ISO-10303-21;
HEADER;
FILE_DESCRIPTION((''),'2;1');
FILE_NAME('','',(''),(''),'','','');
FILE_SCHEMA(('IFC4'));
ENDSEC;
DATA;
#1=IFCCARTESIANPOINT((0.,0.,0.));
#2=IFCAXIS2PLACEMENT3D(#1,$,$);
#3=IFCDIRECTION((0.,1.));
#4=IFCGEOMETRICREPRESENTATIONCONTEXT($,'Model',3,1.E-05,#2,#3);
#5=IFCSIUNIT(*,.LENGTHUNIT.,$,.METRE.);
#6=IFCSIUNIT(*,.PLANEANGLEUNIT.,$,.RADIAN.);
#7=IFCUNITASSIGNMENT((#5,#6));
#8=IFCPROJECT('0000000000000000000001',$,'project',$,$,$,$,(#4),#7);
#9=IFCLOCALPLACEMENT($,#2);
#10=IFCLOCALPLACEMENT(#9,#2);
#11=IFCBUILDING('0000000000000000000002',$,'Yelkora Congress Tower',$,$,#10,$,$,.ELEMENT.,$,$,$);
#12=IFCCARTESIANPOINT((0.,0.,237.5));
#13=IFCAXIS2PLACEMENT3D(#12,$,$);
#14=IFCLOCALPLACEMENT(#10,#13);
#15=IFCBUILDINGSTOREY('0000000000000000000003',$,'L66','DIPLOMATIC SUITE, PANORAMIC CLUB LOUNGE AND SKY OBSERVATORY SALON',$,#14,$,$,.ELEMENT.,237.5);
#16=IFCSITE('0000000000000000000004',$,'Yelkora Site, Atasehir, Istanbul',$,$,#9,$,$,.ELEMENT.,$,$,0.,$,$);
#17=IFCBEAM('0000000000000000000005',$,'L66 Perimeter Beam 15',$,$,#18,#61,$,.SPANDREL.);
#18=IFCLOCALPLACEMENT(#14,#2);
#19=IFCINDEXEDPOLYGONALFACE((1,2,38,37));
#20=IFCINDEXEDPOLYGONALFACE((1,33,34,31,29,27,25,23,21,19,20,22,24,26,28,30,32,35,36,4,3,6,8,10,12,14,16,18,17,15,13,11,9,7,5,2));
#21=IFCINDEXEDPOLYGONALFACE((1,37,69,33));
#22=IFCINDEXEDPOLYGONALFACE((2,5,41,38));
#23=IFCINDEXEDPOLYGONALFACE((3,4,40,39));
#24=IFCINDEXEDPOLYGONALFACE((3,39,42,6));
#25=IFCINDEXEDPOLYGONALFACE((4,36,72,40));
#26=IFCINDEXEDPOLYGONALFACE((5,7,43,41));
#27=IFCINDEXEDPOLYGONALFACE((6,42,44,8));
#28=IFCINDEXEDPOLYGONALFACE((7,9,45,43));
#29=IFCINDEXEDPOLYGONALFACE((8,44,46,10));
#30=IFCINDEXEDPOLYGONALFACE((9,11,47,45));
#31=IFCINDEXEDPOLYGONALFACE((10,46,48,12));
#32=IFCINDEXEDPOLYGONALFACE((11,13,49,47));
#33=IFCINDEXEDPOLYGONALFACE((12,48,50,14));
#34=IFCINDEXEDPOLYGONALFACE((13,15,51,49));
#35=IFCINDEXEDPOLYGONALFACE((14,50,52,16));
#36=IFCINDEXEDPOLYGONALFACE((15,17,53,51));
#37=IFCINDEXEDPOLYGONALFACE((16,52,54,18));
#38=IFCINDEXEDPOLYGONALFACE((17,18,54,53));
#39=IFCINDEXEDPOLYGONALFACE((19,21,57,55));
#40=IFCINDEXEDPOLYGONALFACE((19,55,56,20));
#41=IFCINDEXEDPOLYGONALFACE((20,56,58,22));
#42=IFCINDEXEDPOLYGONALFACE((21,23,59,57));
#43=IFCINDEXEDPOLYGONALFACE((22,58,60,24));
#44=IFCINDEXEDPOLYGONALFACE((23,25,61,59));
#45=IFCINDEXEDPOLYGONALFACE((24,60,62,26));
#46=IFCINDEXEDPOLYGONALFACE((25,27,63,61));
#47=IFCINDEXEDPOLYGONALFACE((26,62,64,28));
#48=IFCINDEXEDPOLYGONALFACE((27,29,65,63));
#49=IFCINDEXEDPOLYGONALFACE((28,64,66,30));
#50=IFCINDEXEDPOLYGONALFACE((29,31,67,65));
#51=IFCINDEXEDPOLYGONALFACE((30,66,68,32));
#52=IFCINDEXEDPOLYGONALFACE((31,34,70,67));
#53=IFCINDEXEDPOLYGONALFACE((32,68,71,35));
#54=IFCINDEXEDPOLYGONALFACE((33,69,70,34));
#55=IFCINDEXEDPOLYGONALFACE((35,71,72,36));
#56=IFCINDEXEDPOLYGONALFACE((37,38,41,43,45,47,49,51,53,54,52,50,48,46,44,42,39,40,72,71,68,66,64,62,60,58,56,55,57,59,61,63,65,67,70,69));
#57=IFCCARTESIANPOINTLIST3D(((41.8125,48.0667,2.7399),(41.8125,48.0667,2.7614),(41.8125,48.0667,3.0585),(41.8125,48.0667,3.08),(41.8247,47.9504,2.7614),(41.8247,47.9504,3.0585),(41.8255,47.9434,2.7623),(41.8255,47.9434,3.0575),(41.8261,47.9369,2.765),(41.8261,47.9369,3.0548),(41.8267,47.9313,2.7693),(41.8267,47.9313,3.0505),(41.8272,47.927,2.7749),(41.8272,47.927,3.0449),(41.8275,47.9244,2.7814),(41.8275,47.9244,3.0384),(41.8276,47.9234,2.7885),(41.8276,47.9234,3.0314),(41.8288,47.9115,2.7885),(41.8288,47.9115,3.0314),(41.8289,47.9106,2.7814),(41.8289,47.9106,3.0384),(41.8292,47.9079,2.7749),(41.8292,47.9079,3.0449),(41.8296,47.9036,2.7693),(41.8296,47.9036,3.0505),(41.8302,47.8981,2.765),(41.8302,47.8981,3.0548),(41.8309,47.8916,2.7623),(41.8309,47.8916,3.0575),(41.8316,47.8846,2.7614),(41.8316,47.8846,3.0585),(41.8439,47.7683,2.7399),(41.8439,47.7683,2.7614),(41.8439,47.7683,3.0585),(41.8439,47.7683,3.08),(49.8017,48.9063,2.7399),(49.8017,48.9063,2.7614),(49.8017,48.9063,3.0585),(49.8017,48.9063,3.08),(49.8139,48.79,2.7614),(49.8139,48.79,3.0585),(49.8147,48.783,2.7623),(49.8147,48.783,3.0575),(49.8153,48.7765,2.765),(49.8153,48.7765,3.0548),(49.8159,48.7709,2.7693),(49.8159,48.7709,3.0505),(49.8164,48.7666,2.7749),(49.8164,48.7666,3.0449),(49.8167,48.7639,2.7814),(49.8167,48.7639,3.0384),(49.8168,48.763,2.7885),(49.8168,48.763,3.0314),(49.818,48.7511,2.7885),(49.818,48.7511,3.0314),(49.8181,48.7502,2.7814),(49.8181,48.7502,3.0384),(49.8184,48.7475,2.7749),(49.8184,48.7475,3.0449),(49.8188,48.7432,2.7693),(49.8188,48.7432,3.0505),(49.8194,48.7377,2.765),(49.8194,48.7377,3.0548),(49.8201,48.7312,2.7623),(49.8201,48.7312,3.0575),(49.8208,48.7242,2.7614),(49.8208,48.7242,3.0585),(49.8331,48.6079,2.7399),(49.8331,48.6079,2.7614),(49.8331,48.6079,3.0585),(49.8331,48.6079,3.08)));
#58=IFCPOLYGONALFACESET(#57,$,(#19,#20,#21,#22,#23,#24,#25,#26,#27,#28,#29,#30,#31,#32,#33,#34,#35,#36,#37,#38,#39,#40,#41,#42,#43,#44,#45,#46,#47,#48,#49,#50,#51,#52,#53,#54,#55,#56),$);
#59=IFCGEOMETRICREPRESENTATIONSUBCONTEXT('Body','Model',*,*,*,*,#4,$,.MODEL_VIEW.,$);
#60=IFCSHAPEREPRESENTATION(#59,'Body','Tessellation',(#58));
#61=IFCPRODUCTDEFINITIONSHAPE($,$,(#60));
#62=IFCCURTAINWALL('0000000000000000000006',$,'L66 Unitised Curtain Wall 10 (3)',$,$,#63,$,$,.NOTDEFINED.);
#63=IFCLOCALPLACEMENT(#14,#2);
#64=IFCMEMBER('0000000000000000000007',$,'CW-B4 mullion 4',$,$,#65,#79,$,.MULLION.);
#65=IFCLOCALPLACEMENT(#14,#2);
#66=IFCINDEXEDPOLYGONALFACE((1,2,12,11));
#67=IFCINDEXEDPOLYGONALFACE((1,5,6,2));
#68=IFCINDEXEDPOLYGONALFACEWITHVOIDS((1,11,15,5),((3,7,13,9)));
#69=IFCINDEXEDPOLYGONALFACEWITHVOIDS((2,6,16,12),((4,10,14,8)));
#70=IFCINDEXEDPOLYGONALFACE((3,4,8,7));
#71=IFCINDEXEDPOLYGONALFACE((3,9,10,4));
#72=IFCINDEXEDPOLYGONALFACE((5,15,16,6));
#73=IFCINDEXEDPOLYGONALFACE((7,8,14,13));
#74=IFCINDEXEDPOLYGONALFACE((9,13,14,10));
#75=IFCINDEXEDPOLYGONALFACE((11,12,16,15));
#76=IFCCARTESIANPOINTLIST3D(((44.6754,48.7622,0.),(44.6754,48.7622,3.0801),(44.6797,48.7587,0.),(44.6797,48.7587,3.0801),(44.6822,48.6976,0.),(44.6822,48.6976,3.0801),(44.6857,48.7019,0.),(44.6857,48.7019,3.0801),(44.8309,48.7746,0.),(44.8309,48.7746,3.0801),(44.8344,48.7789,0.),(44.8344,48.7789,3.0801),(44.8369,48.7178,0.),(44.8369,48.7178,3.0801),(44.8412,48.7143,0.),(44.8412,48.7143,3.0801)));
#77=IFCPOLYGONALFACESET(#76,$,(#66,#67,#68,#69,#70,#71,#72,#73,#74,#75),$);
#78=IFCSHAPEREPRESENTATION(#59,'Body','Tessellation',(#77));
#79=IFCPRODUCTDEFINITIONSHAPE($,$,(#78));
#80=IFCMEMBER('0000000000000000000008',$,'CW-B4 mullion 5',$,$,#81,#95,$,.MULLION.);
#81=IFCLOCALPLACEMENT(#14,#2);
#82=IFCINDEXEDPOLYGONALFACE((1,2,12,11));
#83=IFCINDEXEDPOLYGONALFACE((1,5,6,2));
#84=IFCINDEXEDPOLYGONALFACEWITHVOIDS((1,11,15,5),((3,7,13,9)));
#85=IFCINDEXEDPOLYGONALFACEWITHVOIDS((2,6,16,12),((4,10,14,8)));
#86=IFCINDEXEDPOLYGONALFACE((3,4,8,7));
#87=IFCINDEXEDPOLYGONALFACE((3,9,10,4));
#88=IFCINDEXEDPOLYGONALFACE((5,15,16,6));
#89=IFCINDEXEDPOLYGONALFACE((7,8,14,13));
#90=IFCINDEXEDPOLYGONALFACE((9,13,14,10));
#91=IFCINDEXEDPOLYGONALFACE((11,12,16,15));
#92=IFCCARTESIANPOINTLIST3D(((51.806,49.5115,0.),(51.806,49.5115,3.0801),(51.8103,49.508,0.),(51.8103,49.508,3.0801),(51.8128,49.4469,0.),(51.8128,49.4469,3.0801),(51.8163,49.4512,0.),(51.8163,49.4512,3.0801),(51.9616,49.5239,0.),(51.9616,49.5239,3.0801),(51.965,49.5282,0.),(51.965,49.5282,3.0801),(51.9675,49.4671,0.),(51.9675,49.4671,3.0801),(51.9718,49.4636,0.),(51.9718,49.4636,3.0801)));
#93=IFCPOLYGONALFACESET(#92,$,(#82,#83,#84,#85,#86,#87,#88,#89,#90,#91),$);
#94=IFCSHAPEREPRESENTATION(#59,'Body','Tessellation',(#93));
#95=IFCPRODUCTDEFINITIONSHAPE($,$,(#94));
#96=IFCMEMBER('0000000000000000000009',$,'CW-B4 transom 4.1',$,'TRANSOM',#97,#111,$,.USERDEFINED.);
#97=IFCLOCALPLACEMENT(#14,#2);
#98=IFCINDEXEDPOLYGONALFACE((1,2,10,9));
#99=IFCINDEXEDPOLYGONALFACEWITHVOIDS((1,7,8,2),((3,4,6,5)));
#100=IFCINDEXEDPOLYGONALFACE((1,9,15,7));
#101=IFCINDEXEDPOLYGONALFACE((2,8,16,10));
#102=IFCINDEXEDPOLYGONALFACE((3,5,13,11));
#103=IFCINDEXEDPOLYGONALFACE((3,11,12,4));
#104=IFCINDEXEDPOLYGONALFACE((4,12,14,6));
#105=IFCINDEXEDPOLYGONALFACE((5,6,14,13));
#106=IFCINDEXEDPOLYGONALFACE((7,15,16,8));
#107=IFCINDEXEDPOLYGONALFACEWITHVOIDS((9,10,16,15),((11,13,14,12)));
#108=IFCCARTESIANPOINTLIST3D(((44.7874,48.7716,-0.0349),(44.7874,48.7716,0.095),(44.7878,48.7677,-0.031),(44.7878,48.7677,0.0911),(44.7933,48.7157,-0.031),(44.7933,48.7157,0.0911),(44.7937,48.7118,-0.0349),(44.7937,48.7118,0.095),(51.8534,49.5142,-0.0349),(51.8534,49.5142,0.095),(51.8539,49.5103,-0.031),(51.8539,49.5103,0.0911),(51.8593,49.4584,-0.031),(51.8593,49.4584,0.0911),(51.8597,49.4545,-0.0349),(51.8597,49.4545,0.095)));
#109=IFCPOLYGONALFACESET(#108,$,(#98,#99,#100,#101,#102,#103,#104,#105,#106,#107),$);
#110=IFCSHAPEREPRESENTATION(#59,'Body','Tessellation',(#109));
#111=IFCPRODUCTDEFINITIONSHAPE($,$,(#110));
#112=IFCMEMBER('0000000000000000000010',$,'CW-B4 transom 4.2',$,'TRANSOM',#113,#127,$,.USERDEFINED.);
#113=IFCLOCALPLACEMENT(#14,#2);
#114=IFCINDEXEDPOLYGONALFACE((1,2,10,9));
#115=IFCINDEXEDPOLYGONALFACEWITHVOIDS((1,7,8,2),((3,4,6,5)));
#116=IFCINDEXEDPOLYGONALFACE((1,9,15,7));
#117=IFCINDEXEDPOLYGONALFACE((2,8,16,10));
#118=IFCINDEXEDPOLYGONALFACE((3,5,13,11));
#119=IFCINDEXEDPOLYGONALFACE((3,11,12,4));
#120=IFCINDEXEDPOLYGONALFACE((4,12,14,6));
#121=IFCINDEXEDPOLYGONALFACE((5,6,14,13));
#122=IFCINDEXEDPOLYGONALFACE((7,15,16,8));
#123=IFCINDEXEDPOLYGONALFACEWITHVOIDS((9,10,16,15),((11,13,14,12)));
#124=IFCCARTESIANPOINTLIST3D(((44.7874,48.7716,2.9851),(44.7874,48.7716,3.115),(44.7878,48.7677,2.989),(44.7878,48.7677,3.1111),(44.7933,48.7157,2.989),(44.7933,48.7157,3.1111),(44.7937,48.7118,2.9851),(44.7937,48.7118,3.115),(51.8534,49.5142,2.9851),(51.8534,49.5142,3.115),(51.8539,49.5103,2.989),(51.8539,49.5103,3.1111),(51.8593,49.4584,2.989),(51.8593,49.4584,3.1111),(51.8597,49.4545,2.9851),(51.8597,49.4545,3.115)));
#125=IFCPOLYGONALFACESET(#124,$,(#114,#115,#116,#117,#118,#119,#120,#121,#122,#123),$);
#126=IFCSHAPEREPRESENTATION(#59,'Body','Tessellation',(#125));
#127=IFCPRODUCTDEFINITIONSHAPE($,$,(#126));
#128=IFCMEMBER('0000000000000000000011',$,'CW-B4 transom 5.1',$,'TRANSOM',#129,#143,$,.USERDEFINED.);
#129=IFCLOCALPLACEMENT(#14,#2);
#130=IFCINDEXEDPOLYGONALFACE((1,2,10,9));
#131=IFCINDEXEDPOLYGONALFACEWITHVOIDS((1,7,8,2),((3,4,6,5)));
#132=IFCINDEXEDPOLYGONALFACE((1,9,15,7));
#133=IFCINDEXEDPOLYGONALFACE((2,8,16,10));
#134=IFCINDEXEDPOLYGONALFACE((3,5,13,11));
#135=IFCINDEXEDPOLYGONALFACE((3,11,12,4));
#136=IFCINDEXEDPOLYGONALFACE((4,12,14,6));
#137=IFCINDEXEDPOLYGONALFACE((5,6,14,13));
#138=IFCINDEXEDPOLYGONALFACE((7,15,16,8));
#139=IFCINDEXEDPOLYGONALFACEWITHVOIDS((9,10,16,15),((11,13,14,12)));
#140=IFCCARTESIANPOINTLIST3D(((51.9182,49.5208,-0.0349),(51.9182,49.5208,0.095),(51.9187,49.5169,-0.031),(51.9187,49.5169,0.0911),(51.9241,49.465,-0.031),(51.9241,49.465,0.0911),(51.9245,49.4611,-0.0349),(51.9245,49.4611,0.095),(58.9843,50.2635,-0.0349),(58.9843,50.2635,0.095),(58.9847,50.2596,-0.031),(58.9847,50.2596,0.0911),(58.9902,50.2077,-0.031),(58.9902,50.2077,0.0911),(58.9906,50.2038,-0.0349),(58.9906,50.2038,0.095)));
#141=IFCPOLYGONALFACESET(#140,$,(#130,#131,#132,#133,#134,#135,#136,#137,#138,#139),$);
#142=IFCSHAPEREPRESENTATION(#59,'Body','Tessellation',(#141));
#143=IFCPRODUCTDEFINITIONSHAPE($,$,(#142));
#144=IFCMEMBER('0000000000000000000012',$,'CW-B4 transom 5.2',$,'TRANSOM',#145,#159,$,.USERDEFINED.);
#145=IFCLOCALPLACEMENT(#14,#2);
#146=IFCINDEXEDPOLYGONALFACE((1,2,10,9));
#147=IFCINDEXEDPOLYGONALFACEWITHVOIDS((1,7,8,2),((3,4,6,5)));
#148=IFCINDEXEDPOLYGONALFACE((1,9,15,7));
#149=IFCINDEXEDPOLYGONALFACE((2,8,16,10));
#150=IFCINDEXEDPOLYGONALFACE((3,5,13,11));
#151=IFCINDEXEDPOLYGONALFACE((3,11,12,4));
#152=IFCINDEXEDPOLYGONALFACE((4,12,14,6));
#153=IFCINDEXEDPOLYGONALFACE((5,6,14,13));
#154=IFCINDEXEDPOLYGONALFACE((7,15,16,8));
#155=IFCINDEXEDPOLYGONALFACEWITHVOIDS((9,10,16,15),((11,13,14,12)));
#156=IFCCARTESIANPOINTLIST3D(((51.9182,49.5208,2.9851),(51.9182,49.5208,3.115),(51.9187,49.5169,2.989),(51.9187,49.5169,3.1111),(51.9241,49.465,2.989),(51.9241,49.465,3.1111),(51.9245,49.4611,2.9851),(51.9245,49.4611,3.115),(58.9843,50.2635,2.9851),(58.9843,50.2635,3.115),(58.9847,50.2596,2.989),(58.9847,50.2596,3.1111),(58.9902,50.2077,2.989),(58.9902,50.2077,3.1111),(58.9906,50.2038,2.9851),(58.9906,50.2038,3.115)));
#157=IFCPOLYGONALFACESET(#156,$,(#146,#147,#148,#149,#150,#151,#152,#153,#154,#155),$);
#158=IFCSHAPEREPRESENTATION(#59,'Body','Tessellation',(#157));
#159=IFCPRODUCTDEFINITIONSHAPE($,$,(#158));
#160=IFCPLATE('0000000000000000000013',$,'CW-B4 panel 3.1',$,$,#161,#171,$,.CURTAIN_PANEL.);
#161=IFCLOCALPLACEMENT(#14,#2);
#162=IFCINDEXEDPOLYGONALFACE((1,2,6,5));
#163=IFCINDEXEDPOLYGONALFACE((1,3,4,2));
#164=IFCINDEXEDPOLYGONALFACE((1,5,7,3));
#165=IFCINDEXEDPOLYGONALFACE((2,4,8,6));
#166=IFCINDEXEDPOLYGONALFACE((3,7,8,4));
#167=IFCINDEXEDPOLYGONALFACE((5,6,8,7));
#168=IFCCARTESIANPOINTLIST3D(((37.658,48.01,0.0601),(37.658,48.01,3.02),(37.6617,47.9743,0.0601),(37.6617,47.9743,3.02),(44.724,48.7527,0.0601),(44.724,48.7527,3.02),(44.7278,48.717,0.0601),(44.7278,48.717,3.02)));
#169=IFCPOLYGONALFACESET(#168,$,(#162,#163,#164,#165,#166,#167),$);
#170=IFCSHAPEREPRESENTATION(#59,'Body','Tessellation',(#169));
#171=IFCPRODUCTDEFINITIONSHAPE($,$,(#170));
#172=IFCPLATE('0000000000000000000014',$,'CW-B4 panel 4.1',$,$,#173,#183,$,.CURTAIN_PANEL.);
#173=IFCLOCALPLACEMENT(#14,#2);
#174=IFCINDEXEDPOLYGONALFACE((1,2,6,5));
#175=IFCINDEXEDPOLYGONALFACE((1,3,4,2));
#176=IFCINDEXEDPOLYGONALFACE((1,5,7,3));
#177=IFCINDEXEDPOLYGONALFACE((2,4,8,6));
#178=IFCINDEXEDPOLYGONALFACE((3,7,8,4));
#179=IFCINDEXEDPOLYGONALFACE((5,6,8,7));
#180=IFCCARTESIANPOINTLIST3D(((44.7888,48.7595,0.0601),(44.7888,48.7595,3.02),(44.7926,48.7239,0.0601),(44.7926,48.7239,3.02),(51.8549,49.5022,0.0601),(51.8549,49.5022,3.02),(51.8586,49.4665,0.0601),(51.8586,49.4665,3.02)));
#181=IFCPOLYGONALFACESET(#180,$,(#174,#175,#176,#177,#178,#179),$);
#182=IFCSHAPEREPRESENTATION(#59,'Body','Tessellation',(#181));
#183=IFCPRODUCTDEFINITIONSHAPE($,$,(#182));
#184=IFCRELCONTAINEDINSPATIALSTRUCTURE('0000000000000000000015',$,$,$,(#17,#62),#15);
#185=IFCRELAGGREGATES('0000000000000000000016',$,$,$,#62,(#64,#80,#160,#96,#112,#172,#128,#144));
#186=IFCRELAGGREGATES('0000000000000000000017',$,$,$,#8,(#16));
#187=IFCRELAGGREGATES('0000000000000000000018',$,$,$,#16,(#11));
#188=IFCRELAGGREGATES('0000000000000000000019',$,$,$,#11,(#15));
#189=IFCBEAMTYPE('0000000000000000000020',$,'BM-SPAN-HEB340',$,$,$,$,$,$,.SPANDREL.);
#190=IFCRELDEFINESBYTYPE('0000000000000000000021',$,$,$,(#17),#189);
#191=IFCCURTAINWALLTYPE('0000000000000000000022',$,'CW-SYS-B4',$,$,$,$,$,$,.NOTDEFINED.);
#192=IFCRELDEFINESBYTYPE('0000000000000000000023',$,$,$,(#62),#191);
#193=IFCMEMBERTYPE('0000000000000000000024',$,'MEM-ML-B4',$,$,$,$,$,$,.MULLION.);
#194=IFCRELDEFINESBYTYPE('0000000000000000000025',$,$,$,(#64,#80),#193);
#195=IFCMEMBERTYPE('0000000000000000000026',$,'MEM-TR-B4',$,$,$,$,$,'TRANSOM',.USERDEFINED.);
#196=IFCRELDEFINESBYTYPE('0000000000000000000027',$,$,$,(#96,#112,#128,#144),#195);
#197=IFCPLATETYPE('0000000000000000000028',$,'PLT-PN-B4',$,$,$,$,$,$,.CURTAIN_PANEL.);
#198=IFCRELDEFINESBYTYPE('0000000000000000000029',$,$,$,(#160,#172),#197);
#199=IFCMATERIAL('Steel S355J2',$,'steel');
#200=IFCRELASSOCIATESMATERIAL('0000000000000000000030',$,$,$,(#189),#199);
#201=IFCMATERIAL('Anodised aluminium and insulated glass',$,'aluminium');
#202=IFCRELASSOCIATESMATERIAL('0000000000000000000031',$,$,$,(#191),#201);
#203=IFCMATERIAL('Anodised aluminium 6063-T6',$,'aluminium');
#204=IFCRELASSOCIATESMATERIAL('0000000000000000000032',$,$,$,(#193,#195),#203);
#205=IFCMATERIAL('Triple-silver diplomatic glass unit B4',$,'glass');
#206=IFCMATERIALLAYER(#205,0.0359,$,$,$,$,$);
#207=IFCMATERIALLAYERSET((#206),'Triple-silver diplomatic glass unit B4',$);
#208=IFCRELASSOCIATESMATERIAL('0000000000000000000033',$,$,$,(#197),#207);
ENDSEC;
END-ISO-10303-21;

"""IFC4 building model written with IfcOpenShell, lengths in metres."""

from ifc_helpers import new_model, si_unit, direction, frame, origin, origin_2d, place, context, subcontext, project, spatial, rectangle, hollow_rectangle, i_section, extrude, material, layer, layer_set, material_profile, profile_set, type_object, element, aggregate, save


model = new_model("IFC4")

# Units and contexts
model_context = context("Model", 3, precision=1e-05, world=origin(), true_north=direction((0.0, 1.0)))
body_context = subcontext(model_context, "Body", "Model", "MODEL_VIEW")
ifc_project = project(units=[si_unit("LENGTHUNIT", "METRE"), si_unit("PLANEANGLEUNIT", "RADIAN")], contexts=[model_context])

# Site, building, storey
site_placement = place(None, origin())
site = spatial("IfcSite", under=ifc_project, at=site_placement, Name="Yelkora Site, Atasehir, Istanbul", CompositionType="ELEMENT", RefElevation=0.0)
building_placement = place(site_placement, origin())
building = spatial("IfcBuilding", under=site, at=building_placement, Name="Yelkora Congress Tower", CompositionType="ELEMENT")
storey_placement = place(building_placement, frame((0.0, 0.0, 237.5)))
storey = spatial("IfcBuildingStorey", under=building, at=storey_placement, Name="L66", Description="DIPLOMATIC SUITE, PANORAMIC CLUB LOUNGE AND SKY OBSERVATORY SALON", CompositionType="ELEMENT", Elevation=237.5)

# Shared definitions
ifc_material_1 = material(Name="Steel S355J2", Category="steel")

# Beam
ifc_material_profile_1 = material_profile(ifc_material_1, i_section(OverallWidth=0.3, OverallDepth=0.3401, WebThickness=0.012, FlangeThickness=0.0215, FilletRadius=0.0271, at=origin_2d()), Name="HEB 340")
ifc_profile_set_1 = profile_set([ifc_material_profile_1], Name="Steel S355J2")
beam_type_1 = type_object("IfcBeamType", Name="BM-SPAN-HEB340", PredefinedType="SPANDREL", material=ifc_profile_set_1)
beam_1_placement = place(storey_placement, frame((49.8174, 48.7571, 2.9099), z_axis=(-0.994523, -0.104516, 0.0), x_axis=(0.104516, -0.994523, 0.0)))
element("IfcBeam", 1, at=beam_1_placement, inside=storey, type_object=beam_type_1, Name="L66 Perimeter Beam 15", PredefinedType="SPANDREL", context=body_context, shape_type="SweptSolid", body=[
    extrude(i_section(OverallWidth=0.3, OverallDepth=0.3401, WebThickness=0.012, FlangeThickness=0.0215, FilletRadius=0.0271, at=origin_2d()), origin(), (0.0, 0.0, 1.0), 8.0332),
])

# Curtain wall, members, plates
ifc_material_2 = material(Name="Anodised aluminium and insulated glass", Category="aluminium")
curtain_wall_type = type_object("IfcCurtainWallType", Name="CW-SYS-B4", PredefinedType="NOTDEFINED", material=ifc_material_2)
curtain_wall_placement = place(storey_placement, origin())
curtain_wall = element("IfcCurtainWall", 2, at=curtain_wall_placement, inside=storey, type_object=curtain_wall_type, Name="L66 Unitised Curtain Wall 10 (3)", PredefinedType="NOTDEFINED")
ifc_material_3 = material(Name="Anodised aluminium 6063-T6", Category="aluminium")
ifc_material_profile_2 = material_profile(ifc_material_3, hollow_rectangle(XDim=0.0649, YDim=0.1599, WallThickness=0.0039, at=origin_2d()), Name="ALU 65x160x4")
ifc_profile_set_2 = profile_set([ifc_material_profile_2], Name="Anodised aluminium 6063-T6")
member_type_1 = type_object("IfcMemberType", Name="MEM-ML-B4", PredefinedType="MULLION", material=ifc_profile_set_2)
member_1_placement = place(storey_placement, frame((44.7583, 48.7383, 0.0), z_axis=(0.0, 0.0, 1.0), x_axis=(-0.104528, 0.994522, 0.0)))
member_1 = element("IfcMember", 3, at=member_1_placement, type_object=member_type_1, Name="CW-B4 mullion 4", PredefinedType="MULLION", context=body_context, shape_type="SweptSolid", body=[
    extrude(hollow_rectangle(XDim=0.0649, YDim=0.1599, WallThickness=0.0039, at=origin_2d()), origin(), (0.0, 0.0, 1.0), 3.0801),
])
member_2_placement = place(storey_placement, frame((51.8889, 49.4875, 0.0), z_axis=(0.0, 0.0, 1.0), x_axis=(-0.104528, 0.994522, 0.0)))
member_2 = element("IfcMember", 4, at=member_2_placement, type_object=member_type_1, Name="CW-B4 mullion 5", PredefinedType="MULLION", context=body_context, shape_type="SweptSolid", body=[
    extrude(hollow_rectangle(XDim=0.0649, YDim=0.1599, WallThickness=0.0039, at=origin_2d()), origin(), (0.0, 0.0, 1.0), 3.0801),
])
ifc_material_profile_3 = material_profile(ifc_material_3, hollow_rectangle(XDim=0.0601, YDim=0.1299, WallThickness=0.0039, at=origin_2d()), Name="ALU 60x130x4")
ifc_profile_set_3 = profile_set([ifc_material_profile_3], Name="Anodised aluminium 6063-T6")
member_type_2 = type_object("IfcMemberType", Name="MEM-TR-B4", ElementType="TRANSOM", PredefinedType="USERDEFINED", material=ifc_profile_set_3)
member_3_placement = place(storey_placement, frame((44.7905, 48.7417, 0.03), z_axis=(0.994522, 0.104527, 0.0), x_axis=(-0.104527, 0.994522, 0.0)))
member_3 = element("IfcMember", 5, at=member_3_placement, type_object=member_type_2, Name="CW-B4 transom 4.1", ObjectType="TRANSOM", PredefinedType="USERDEFINED", context=body_context, shape_type="SweptSolid", body=[
    extrude(hollow_rectangle(XDim=0.0601, YDim=0.1299, WallThickness=0.0039, at=origin_2d()), origin(), (0.0, 0.0, 1.0), 7.105),
])
member_4_placement = place(storey_placement, frame((44.7905, 48.7417, 3.05), z_axis=(0.994522, 0.104527, 0.0), x_axis=(-0.104527, 0.994522, 0.0)))
member_4 = element("IfcMember", 6, at=member_4_placement, type_object=member_type_2, Name="CW-B4 transom 4.2", ObjectType="TRANSOM", PredefinedType="USERDEFINED", context=body_context, shape_type="SweptSolid", body=[
    extrude(hollow_rectangle(XDim=0.0601, YDim=0.1299, WallThickness=0.0039, at=origin_2d()), origin(), (0.0, 0.0, 1.0), 7.105),
])
member_5_placement = place(storey_placement, frame((51.9214, 49.491, 0.03), z_axis=(0.994522, 0.104527, 0.0), x_axis=(-0.104527, 0.994522, 0.0)))
member_5 = element("IfcMember", 7, at=member_5_placement, type_object=member_type_2, Name="CW-B4 transom 5.1", ObjectType="TRANSOM", PredefinedType="USERDEFINED", context=body_context, shape_type="SweptSolid", body=[
    extrude(hollow_rectangle(XDim=0.0601, YDim=0.1299, WallThickness=0.0039, at=origin_2d()), origin(), (0.0, 0.0, 1.0), 7.105),
])
member_6_placement = place(storey_placement, frame((51.9214, 49.491, 3.05), z_axis=(0.994522, 0.104527, 0.0), x_axis=(-0.104527, 0.994522, 0.0)))
member_6 = element("IfcMember", 8, at=member_6_placement, type_object=member_type_2, Name="CW-B4 transom 5.2", ObjectType="TRANSOM", PredefinedType="USERDEFINED", context=body_context, shape_type="SweptSolid", body=[
    extrude(hollow_rectangle(XDim=0.0601, YDim=0.1299, WallThickness=0.0039, at=origin_2d()), origin(), (0.0, 0.0, 1.0), 7.105),
])
ifc_material_4 = material(Name="Triple-silver diplomatic glass unit B4", Category="glass")
ifc_layer_1 = layer(ifc_material_4, 0.0359)
ifc_layer_set_1 = layer_set([ifc_layer_1], Name="Triple-silver diplomatic glass unit B4")
plate_type = type_object("IfcPlateType", Name="PLT-PN-B4", PredefinedType="CURTAIN_PANEL", material=ifc_layer_set_1)
plate_1_placement = place(storey_placement, frame((41.1929, 48.3635, 0.0601), z_axis=(0.0, 0.0, 1.0), x_axis=(0.994522, 0.104528, 0.0)))
plate_1 = element("IfcPlate", 9, at=plate_1_placement, type_object=plate_type, Name="CW-B4 panel 3.1", PredefinedType="CURTAIN_PANEL", context=body_context, shape_type="SweptSolid", body=[
    extrude(rectangle(XDim=7.105, YDim=0.0359, at=origin_2d()), origin(), (0.0, 0.0, 1.0), 2.96),
])
plate_2_placement = place(storey_placement, frame((48.3237, 49.113, 0.0601), z_axis=(0.0, 0.0, 1.0), x_axis=(0.994522, 0.104528, 0.0)))
plate_2 = element("IfcPlate", 10, at=plate_2_placement, type_object=plate_type, Name="CW-B4 panel 4.1", PredefinedType="CURTAIN_PANEL", context=body_context, shape_type="SweptSolid", body=[
    extrude(rectangle(XDim=7.105, YDim=0.0359, at=origin_2d()), origin(), (0.0, 0.0, 1.0), 2.96),
])
aggregate(curtain_wall, [member_1, member_2, plate_1, member_3, member_4, plate_2, member_5, member_6])

save(model, "model.ifc")
